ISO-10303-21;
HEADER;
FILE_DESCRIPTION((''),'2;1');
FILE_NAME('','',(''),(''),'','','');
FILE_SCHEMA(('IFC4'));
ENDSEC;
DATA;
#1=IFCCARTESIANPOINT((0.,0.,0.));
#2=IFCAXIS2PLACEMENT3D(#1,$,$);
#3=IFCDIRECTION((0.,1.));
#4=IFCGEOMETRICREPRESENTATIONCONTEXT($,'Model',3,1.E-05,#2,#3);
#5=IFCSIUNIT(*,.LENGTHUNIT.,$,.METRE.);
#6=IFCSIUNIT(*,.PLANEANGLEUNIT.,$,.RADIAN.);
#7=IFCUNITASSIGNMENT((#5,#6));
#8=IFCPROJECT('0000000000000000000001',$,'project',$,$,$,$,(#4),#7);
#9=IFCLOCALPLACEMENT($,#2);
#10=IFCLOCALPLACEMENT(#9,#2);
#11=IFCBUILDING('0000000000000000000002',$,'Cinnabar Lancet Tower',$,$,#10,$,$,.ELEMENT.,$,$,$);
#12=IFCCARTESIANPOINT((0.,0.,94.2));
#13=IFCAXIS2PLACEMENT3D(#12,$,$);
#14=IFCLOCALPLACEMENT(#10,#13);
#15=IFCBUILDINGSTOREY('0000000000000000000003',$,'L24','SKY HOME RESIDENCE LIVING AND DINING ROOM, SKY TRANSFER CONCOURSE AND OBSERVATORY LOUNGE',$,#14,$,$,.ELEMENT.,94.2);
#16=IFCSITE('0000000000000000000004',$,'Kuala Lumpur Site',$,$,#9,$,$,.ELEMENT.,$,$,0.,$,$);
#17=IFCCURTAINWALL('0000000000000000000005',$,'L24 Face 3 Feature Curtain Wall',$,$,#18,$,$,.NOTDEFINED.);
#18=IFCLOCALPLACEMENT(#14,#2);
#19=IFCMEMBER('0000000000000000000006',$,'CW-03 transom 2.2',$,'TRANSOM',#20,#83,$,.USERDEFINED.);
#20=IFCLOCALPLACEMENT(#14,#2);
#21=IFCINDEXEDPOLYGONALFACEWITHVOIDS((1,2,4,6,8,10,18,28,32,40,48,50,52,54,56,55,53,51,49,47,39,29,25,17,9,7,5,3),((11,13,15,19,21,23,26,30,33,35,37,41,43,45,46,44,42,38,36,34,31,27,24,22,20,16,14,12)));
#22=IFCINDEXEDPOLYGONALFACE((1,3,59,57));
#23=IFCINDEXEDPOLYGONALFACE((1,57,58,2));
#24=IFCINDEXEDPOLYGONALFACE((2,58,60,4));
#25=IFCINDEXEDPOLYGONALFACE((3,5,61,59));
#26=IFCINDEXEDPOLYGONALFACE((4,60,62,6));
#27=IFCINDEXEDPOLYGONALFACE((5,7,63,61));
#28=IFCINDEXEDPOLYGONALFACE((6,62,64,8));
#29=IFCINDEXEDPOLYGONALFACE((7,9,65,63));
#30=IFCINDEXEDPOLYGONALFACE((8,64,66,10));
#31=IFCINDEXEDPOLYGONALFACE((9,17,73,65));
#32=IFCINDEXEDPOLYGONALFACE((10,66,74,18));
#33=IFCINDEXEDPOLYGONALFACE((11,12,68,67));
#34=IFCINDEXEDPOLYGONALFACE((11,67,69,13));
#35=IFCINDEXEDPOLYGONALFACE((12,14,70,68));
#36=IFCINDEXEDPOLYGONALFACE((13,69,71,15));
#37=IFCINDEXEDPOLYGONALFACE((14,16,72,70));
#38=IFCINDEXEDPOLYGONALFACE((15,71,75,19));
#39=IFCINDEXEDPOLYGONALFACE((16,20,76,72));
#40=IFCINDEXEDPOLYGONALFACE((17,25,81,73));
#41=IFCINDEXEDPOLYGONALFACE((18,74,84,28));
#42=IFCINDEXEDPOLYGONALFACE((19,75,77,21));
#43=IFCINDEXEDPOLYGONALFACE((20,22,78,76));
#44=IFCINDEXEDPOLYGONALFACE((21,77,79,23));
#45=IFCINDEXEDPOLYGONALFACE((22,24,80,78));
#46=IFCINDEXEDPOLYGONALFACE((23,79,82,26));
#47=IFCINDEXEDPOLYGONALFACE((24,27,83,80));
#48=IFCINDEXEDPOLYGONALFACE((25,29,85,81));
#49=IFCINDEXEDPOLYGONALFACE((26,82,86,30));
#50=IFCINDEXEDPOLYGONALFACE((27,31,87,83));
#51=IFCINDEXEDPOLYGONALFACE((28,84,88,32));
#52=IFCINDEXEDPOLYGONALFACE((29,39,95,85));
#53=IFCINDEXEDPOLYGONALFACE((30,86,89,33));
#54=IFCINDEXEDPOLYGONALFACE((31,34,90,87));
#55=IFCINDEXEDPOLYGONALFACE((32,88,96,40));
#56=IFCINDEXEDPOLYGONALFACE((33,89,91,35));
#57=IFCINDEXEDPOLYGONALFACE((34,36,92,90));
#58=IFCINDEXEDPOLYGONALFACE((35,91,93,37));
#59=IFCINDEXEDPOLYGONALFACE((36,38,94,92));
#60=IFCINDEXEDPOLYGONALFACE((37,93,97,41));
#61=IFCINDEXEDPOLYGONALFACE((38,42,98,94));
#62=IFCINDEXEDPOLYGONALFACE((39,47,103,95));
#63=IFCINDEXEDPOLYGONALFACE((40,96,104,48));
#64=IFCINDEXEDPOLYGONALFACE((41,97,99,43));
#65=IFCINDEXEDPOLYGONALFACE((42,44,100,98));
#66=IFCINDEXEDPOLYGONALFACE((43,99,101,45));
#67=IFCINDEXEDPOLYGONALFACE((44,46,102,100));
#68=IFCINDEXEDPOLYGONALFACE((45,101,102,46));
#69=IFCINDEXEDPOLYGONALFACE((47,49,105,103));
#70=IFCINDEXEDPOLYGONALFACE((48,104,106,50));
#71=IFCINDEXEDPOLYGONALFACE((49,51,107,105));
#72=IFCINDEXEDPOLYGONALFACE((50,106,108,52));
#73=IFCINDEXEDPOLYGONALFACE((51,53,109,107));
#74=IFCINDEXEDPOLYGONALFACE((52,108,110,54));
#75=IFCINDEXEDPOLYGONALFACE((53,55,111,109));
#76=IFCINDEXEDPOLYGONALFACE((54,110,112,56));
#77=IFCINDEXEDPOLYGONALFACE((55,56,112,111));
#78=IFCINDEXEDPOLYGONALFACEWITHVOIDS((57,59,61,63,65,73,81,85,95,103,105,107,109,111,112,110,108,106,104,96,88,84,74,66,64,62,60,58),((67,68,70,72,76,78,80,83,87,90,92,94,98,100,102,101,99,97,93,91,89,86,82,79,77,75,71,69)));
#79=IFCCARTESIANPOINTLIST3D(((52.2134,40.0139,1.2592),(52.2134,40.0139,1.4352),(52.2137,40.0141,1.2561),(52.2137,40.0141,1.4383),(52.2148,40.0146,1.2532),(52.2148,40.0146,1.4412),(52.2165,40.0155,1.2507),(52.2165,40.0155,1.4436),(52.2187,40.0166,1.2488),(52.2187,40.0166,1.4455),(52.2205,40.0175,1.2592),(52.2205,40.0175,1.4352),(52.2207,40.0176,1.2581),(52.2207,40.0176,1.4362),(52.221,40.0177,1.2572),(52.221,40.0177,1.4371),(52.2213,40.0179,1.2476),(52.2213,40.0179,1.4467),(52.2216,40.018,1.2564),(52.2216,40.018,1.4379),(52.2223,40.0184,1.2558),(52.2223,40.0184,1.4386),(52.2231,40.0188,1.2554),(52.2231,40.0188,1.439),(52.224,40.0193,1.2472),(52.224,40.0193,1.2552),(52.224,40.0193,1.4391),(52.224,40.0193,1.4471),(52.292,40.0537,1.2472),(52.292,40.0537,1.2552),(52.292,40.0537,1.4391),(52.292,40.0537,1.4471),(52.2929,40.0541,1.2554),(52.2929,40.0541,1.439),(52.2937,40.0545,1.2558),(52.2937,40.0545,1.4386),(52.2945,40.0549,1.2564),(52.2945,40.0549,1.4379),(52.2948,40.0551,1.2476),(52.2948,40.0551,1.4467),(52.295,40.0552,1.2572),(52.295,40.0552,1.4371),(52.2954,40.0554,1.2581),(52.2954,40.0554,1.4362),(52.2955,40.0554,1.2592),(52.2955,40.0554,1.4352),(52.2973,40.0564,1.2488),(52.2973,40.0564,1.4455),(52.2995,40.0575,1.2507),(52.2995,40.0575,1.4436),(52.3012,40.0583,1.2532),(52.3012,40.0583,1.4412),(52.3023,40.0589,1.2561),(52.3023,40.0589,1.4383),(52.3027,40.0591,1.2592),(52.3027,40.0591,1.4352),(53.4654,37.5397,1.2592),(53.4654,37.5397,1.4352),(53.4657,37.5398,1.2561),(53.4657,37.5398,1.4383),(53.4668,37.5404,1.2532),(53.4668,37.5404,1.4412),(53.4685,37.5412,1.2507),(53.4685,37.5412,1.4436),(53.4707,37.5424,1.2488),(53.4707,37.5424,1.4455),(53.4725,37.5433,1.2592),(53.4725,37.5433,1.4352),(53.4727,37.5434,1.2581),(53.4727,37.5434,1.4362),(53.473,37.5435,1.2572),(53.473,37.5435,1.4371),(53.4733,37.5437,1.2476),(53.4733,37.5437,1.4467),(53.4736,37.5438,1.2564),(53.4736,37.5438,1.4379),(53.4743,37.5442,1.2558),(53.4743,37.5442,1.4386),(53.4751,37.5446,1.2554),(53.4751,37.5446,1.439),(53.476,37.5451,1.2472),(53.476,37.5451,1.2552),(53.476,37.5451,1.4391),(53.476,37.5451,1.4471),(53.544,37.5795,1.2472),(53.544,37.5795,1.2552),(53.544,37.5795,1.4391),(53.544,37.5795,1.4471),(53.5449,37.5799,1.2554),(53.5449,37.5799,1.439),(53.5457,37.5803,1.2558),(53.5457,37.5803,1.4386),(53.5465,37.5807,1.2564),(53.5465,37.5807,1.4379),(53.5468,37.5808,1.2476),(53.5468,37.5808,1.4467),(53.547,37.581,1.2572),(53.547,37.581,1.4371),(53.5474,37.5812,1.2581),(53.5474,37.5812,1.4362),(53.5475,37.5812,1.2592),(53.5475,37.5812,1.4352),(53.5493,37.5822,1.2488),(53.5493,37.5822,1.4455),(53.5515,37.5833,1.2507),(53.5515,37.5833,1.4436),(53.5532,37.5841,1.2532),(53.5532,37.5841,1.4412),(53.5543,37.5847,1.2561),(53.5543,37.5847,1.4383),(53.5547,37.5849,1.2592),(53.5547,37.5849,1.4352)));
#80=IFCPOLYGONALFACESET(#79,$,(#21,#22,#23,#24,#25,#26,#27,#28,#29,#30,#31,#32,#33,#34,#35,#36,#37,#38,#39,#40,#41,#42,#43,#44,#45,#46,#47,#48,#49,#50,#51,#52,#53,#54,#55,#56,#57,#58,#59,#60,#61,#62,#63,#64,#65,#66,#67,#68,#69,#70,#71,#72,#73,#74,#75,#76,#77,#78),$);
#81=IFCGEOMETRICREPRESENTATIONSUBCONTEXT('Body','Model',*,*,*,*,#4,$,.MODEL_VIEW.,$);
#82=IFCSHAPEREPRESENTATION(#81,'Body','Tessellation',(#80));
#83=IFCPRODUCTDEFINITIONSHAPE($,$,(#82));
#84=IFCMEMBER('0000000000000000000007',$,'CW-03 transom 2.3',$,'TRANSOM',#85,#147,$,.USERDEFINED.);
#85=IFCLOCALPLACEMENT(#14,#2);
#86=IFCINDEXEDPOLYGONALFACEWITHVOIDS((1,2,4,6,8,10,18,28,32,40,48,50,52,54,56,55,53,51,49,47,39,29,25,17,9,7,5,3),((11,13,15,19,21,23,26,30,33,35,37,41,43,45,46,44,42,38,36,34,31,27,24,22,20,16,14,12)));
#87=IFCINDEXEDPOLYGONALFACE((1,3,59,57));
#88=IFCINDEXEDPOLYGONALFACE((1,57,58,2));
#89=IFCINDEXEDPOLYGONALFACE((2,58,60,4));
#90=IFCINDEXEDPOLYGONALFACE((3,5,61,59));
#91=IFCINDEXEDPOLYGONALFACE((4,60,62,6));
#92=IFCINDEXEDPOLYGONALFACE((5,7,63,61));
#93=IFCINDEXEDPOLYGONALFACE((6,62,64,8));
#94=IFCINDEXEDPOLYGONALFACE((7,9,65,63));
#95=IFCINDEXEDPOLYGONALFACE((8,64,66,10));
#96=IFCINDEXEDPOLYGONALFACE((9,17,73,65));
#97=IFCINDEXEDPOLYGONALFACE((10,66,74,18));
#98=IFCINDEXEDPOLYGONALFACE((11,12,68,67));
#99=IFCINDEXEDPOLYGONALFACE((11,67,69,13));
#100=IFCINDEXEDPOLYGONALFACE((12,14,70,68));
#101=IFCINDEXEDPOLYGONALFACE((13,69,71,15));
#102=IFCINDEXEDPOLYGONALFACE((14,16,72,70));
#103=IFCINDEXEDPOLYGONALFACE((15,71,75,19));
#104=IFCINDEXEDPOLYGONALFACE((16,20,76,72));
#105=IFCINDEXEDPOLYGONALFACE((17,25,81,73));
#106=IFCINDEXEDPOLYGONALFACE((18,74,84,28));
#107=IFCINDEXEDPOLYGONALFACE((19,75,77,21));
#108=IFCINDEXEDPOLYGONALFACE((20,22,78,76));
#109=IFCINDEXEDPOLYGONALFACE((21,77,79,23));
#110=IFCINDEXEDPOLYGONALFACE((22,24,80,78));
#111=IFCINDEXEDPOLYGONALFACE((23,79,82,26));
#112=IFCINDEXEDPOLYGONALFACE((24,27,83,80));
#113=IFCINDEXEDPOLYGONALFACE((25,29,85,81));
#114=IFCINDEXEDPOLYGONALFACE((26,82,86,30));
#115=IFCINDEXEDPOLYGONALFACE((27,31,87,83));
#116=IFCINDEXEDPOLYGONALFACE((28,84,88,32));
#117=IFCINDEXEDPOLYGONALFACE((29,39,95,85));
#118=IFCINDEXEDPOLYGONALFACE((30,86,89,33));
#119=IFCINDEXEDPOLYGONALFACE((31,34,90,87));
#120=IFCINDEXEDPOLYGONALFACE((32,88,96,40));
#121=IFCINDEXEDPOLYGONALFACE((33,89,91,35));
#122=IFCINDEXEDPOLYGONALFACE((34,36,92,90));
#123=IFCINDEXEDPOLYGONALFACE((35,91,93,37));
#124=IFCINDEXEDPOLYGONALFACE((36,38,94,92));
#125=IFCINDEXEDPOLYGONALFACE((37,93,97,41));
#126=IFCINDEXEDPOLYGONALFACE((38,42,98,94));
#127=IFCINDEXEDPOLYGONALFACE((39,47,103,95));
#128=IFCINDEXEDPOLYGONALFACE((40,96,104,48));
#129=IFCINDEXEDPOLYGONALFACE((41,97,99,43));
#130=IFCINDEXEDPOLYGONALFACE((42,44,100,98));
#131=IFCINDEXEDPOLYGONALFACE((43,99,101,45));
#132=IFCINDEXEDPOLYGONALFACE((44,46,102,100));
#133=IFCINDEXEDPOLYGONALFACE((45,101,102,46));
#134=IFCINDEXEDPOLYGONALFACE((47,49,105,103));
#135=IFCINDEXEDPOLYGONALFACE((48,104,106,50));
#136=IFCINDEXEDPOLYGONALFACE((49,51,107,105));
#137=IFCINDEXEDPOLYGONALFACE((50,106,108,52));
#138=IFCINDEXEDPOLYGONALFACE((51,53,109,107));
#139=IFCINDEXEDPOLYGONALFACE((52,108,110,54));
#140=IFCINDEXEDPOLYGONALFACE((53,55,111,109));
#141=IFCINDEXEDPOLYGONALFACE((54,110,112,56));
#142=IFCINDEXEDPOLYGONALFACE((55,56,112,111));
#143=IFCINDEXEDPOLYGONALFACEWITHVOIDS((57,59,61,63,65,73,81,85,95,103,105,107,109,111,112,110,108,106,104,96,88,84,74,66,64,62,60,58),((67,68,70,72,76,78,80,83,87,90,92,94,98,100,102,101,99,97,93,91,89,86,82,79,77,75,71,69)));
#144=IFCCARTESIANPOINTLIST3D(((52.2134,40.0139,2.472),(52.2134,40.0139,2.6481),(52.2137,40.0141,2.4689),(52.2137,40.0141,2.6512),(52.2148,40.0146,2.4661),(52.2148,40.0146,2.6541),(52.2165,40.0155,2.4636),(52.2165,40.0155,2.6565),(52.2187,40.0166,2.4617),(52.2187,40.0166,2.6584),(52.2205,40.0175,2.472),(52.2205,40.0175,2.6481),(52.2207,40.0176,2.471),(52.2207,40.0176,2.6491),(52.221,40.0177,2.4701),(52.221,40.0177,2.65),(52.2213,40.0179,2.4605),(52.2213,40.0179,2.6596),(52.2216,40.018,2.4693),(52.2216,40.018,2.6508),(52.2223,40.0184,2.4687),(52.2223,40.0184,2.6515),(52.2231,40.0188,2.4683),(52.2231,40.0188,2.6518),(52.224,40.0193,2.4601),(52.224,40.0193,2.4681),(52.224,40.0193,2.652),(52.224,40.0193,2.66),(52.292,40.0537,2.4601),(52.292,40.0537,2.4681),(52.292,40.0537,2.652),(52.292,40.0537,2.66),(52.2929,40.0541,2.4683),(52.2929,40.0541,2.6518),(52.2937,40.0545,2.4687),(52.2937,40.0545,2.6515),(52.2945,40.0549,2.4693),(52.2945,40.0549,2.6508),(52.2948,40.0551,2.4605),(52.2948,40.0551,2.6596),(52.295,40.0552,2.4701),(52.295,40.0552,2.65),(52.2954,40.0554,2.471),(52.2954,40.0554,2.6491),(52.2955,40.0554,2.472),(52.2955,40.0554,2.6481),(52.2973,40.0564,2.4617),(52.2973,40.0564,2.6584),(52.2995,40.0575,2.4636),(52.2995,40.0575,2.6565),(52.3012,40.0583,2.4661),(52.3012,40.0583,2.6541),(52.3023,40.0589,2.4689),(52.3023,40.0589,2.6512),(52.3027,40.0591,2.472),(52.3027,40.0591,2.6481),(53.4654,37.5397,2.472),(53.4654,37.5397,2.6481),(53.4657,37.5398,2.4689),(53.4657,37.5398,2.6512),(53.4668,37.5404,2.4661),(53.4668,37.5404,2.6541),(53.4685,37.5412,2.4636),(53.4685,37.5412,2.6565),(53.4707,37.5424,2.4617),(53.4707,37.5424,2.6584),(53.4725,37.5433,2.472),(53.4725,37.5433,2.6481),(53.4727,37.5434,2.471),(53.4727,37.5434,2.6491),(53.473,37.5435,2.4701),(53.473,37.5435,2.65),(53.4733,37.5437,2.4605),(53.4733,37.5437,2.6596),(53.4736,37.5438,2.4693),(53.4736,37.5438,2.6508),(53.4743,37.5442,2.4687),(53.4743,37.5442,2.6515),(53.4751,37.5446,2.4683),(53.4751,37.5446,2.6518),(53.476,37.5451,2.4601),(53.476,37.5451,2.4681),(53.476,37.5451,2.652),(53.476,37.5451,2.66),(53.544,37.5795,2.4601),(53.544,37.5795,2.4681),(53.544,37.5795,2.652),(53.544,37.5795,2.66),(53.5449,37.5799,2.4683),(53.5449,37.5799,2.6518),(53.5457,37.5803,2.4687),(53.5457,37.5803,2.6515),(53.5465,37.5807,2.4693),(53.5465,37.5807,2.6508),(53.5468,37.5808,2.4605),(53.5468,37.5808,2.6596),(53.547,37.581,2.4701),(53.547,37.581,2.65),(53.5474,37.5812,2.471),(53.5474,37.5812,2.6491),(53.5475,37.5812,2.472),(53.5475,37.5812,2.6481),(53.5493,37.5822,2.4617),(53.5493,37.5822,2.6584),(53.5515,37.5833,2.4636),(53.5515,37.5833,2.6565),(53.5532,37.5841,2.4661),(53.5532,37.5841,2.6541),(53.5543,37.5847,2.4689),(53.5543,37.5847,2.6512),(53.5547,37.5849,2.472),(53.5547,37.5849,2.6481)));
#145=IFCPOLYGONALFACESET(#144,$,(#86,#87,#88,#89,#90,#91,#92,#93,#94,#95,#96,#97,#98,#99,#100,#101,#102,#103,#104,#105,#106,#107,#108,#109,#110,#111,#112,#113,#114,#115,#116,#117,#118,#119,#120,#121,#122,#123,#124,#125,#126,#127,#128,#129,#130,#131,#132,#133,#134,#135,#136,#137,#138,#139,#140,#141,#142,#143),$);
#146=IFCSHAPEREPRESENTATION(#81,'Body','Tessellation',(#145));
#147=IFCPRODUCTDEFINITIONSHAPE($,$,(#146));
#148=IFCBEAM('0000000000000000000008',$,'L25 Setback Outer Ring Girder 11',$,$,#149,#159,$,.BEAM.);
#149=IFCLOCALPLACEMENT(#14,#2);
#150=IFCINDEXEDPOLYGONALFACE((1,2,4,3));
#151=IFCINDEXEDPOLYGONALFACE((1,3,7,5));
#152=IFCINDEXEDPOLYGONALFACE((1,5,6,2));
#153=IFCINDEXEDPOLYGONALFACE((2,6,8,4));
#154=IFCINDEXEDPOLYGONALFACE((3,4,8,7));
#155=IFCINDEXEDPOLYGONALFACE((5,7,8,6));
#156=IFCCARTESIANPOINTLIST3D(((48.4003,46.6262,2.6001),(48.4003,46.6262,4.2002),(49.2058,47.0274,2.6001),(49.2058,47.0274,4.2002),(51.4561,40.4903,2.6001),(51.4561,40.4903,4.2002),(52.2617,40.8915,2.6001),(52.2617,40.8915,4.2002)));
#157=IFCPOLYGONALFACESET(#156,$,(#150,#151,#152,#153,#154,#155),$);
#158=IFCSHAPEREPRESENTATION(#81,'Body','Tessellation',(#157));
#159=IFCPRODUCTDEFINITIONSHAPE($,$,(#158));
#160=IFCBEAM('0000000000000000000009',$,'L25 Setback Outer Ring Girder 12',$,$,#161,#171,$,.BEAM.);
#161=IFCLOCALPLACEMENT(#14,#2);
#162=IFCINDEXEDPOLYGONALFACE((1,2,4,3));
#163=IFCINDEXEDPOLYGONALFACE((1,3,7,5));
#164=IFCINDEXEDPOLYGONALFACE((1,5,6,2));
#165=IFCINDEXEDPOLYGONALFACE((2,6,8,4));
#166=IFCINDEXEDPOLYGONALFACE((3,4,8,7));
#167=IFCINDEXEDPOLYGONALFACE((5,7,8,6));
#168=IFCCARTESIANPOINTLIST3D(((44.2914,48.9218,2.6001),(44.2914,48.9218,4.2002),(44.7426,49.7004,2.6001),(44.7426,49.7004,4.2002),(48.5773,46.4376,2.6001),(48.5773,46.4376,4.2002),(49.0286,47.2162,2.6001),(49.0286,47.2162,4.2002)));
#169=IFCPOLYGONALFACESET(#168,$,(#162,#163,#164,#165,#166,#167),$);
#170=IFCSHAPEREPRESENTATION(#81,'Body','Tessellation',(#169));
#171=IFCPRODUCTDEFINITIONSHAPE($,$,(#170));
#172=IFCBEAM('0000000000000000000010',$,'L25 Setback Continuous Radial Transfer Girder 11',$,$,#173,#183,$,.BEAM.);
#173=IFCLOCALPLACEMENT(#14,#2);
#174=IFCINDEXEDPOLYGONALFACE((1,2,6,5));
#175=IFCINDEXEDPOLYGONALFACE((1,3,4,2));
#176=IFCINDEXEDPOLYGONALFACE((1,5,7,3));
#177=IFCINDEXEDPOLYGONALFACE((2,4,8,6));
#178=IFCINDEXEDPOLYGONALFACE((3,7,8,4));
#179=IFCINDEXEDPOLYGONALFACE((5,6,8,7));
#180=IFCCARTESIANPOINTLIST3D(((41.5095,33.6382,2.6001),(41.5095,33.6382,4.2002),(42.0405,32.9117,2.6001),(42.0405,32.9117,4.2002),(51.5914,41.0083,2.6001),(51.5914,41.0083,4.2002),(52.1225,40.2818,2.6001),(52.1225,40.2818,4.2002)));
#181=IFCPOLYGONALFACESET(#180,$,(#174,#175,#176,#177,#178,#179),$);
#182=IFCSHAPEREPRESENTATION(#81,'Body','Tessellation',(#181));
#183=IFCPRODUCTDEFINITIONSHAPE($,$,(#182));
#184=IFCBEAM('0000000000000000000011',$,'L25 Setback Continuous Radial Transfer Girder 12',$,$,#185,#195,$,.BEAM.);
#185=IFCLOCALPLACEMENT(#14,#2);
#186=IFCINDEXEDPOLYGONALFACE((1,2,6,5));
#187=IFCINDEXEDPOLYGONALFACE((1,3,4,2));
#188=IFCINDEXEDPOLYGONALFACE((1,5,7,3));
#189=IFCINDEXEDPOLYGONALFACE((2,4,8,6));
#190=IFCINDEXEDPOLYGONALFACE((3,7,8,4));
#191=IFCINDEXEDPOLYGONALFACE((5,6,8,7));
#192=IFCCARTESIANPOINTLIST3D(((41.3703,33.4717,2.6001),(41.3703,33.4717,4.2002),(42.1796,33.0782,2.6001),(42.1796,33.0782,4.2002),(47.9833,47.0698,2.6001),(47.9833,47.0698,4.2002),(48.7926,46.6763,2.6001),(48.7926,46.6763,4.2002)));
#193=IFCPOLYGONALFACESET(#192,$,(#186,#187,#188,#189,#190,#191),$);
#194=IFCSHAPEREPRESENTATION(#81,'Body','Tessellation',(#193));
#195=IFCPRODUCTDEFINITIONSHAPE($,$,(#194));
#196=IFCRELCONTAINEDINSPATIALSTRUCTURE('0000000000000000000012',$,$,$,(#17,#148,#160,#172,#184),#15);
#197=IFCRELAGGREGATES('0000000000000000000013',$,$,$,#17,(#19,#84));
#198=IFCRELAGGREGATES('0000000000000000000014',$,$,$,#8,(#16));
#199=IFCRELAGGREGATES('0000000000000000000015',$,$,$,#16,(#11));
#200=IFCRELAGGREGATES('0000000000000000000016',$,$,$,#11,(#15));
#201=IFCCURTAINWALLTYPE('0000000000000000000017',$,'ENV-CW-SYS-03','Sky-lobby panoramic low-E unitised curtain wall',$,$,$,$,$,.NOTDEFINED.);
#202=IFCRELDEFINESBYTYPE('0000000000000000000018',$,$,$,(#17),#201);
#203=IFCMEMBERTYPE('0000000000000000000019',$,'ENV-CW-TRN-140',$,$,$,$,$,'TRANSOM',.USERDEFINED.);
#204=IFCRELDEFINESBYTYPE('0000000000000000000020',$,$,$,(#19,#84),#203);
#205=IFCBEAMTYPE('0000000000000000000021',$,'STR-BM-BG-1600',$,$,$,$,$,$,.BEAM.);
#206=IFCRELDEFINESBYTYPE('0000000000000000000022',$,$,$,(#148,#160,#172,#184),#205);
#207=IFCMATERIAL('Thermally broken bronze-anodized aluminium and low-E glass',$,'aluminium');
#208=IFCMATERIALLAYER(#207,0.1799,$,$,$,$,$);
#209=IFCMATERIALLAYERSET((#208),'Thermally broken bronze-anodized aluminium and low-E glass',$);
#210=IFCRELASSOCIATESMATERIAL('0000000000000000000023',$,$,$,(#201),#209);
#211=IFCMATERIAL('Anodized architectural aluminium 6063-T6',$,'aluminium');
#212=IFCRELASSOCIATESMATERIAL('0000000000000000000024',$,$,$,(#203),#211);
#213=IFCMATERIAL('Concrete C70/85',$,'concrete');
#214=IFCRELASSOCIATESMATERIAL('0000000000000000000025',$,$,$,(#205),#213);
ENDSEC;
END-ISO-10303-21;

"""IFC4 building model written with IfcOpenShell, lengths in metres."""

from ifc_helpers import new_model, si_unit, direction, frame, origin, origin_2d, place, context, subcontext, project, spatial, rectangle, hollow_rectangle, extrude, material, layer, layer_set, material_profile, profile_set, type_object, element, aggregate, save


model = new_model("IFC4")

# Units and contexts
model_context = context("Model", 3, precision=1e-05, world=origin(), true_north=direction((0.0, 1.0)))
body_context = subcontext(model_context, "Body", "Model", "MODEL_VIEW")
ifc_project = project(units=[si_unit("LENGTHUNIT", "METRE"), si_unit("PLANEANGLEUNIT", "RADIAN")], contexts=[model_context])

# Site, building, storey
site_placement = place(None, origin())
site = spatial("IfcSite", under=ifc_project, at=site_placement, Name="Kuala Lumpur Site", CompositionType="ELEMENT", RefElevation=0.0)
building_placement = place(site_placement, origin())
building = spatial("IfcBuilding", under=site, at=building_placement, Name="Cinnabar Lancet Tower", CompositionType="ELEMENT")
storey_placement = place(building_placement, frame((0.0, 0.0, 94.2)))
storey = spatial("IfcBuildingStorey", under=building, at=storey_placement, Name="L24", Description="SKY HOME RESIDENCE LIVING AND DINING ROOM, SKY TRANSFER CONCOURSE AND OBSERVATORY LOUNGE", CompositionType="ELEMENT", Elevation=94.2)

# Curtain wall, members
ifc_material_1 = material(Name="Thermally broken bronze-anodized aluminium and low-E glass", Category="aluminium")
ifc_layer_1 = layer(ifc_material_1, 0.1799)
ifc_layer_set_1 = layer_set([ifc_layer_1], Name="Thermally broken bronze-anodized aluminium and low-E glass")
curtain_wall_type = type_object("IfcCurtainWallType", Name="ENV-CW-SYS-03", Description="Sky-lobby panoramic low-E unitised curtain wall", PredefinedType="NOTDEFINED", material=ifc_layer_set_1)
curtain_wall_placement = place(storey_placement, origin())
curtain_wall = element("IfcCurtainWall", 1, at=curtain_wall_placement, inside=storey, type_object=curtain_wall_type, Name="L24 Face 3 Feature Curtain Wall", PredefinedType="NOTDEFINED")
ifc_material_2 = material(Name="Anodized architectural aluminium 6063-T6", Category="aluminium")
ifc_material_profile_1 = material_profile(ifc_material_2, hollow_rectangle(XDim=0.1001, YDim=0.2, WallThickness=0.0081, InnerFilletRadius=0.0039, OuterFilletRadius=0.012, at=origin_2d()), Name="RHS 200x100x8")
ifc_profile_set_1 = profile_set([ifc_material_profile_1], Name="Anodized architectural aluminium 6063-T6")
member_type_1 = type_object("IfcMemberType", Name="ENV-CW-TRN-140", ElementType="TRANSOM", PredefinedType="USERDEFINED", material=ifc_profile_set_1)
member_1_placement = place(storey_placement, frame((53.51, 37.5623, 1.3472), z_axis=(-0.451505, 0.892269, 0.0), x_axis=(-0.892269, -0.451505, 0.0)))
member_1 = element("IfcMember", 2, at=member_1_placement, type_object=member_type_1, Name="CW-03 transom 2.2", ObjectType="TRANSOM", PredefinedType="USERDEFINED", context=body_context, shape_type="SweptSolid", body=[
    extrude(hollow_rectangle(XDim=0.1001, YDim=0.2, WallThickness=0.0081, InnerFilletRadius=0.0039, OuterFilletRadius=0.012, at=origin_2d()), origin(), (0.0, 0.0, 1.0), 2.7729),
])
member_2_placement = place(storey_placement, frame((53.51, 37.5623, 2.5601), z_axis=(-0.451505, 0.892269, 0.0), x_axis=(-0.892269, -0.451505, 0.0)))
member_2 = element("IfcMember", 3, at=member_2_placement, type_object=member_type_1, Name="CW-03 transom 2.3", ObjectType="TRANSOM", PredefinedType="USERDEFINED", context=body_context, shape_type="SweptSolid", body=[
    extrude(hollow_rectangle(XDim=0.1001, YDim=0.2, WallThickness=0.0081, InnerFilletRadius=0.0039, OuterFilletRadius=0.012, at=origin_2d()), origin(), (0.0, 0.0, 1.0), 2.7729),
])

# Beams
ifc_material_3 = material(Name="Concrete C70/85", Category="concrete")
ifc_material_profile_2 = material_profile(ifc_material_3, rectangle(XDim=0.8999, YDim=1.6001, at=origin_2d()), Name="RC-BG 900x1600")
ifc_profile_set_2 = profile_set([ifc_material_profile_2], Name="Concrete C70/85")
beam_type_1 = type_object("IfcBeamType", Name="STR-BM-BG-1600", PredefinedType="BEAM", material=ifc_profile_set_2)
beam_1_placement = place(storey_placement, frame((51.8589, 40.6909, 3.4001), z_axis=(-0.445803, 0.895131, 0.0), x_axis=(-0.895131, -0.445803, 0.0)))
element("IfcBeam", 4, at=beam_1_placement, inside=storey, type_object=beam_type_1, Name="L25 Setback Outer Ring Girder 11", PredefinedType="BEAM", context=body_context, shape_type="SweptSolid", body=[
    extrude(rectangle(XDim=0.8999, YDim=1.6001, at=origin_2d()), origin(), (0.0, 0.0, 1.0), 6.8547),
])
beam_2_placement = place(storey_placement, frame((48.803, 46.8269, 3.4001), z_axis=(-0.865179, 0.501464, 0.0), x_axis=(-0.501464, -0.865179, 0.0)))
element("IfcBeam", 5, at=beam_2_placement, inside=storey, type_object=beam_type_1, Name="L25 Setback Outer Ring Girder 12", PredefinedType="BEAM", context=body_context, shape_type="SweptSolid", body=[
    extrude(rectangle(XDim=0.8999, YDim=1.6001, at=origin_2d()), origin(), (0.0, 0.0, 1.0), 4.9539),
])
beam_3_placement = place(storey_placement, frame((51.8569, 40.645, 3.4001), z_axis=(-0.807297, -0.590146, 0.0), x_axis=(0.590146, -0.807297, 0.0)))
element("IfcBeam", 6, at=beam_3_placement, inside=storey, type_object=beam_type_1, Name="L25 Setback Continuous Radial Transfer Girder 11", PredefinedType="BEAM", context=body_context, shape_type="SweptSolid", body=[
    extrude(rectangle(XDim=0.8999, YDim=1.6001, at=origin_2d()), origin(), (0.0, 0.0, 1.0), 12.4885),
])
beam_4_placement = place(storey_placement, frame((48.3879, 46.873, 3.4001), z_axis=(-0.437344, -0.899294, 0.0), x_axis=(0.899294, -0.437344, 0.0)))
element("IfcBeam", 7, at=beam_4_placement, inside=storey, type_object=beam_type_1, Name="L25 Setback Continuous Radial Transfer Girder 12", PredefinedType="BEAM", context=body_context, shape_type="SweptSolid", body=[
    extrude(rectangle(XDim=0.8999, YDim=1.6001, at=origin_2d()), origin(), (0.0, 0.0, 1.0), 15.1208),
])

aggregate(curtain_wall, [member_1, member_2])

save(model, "model.ifc")
